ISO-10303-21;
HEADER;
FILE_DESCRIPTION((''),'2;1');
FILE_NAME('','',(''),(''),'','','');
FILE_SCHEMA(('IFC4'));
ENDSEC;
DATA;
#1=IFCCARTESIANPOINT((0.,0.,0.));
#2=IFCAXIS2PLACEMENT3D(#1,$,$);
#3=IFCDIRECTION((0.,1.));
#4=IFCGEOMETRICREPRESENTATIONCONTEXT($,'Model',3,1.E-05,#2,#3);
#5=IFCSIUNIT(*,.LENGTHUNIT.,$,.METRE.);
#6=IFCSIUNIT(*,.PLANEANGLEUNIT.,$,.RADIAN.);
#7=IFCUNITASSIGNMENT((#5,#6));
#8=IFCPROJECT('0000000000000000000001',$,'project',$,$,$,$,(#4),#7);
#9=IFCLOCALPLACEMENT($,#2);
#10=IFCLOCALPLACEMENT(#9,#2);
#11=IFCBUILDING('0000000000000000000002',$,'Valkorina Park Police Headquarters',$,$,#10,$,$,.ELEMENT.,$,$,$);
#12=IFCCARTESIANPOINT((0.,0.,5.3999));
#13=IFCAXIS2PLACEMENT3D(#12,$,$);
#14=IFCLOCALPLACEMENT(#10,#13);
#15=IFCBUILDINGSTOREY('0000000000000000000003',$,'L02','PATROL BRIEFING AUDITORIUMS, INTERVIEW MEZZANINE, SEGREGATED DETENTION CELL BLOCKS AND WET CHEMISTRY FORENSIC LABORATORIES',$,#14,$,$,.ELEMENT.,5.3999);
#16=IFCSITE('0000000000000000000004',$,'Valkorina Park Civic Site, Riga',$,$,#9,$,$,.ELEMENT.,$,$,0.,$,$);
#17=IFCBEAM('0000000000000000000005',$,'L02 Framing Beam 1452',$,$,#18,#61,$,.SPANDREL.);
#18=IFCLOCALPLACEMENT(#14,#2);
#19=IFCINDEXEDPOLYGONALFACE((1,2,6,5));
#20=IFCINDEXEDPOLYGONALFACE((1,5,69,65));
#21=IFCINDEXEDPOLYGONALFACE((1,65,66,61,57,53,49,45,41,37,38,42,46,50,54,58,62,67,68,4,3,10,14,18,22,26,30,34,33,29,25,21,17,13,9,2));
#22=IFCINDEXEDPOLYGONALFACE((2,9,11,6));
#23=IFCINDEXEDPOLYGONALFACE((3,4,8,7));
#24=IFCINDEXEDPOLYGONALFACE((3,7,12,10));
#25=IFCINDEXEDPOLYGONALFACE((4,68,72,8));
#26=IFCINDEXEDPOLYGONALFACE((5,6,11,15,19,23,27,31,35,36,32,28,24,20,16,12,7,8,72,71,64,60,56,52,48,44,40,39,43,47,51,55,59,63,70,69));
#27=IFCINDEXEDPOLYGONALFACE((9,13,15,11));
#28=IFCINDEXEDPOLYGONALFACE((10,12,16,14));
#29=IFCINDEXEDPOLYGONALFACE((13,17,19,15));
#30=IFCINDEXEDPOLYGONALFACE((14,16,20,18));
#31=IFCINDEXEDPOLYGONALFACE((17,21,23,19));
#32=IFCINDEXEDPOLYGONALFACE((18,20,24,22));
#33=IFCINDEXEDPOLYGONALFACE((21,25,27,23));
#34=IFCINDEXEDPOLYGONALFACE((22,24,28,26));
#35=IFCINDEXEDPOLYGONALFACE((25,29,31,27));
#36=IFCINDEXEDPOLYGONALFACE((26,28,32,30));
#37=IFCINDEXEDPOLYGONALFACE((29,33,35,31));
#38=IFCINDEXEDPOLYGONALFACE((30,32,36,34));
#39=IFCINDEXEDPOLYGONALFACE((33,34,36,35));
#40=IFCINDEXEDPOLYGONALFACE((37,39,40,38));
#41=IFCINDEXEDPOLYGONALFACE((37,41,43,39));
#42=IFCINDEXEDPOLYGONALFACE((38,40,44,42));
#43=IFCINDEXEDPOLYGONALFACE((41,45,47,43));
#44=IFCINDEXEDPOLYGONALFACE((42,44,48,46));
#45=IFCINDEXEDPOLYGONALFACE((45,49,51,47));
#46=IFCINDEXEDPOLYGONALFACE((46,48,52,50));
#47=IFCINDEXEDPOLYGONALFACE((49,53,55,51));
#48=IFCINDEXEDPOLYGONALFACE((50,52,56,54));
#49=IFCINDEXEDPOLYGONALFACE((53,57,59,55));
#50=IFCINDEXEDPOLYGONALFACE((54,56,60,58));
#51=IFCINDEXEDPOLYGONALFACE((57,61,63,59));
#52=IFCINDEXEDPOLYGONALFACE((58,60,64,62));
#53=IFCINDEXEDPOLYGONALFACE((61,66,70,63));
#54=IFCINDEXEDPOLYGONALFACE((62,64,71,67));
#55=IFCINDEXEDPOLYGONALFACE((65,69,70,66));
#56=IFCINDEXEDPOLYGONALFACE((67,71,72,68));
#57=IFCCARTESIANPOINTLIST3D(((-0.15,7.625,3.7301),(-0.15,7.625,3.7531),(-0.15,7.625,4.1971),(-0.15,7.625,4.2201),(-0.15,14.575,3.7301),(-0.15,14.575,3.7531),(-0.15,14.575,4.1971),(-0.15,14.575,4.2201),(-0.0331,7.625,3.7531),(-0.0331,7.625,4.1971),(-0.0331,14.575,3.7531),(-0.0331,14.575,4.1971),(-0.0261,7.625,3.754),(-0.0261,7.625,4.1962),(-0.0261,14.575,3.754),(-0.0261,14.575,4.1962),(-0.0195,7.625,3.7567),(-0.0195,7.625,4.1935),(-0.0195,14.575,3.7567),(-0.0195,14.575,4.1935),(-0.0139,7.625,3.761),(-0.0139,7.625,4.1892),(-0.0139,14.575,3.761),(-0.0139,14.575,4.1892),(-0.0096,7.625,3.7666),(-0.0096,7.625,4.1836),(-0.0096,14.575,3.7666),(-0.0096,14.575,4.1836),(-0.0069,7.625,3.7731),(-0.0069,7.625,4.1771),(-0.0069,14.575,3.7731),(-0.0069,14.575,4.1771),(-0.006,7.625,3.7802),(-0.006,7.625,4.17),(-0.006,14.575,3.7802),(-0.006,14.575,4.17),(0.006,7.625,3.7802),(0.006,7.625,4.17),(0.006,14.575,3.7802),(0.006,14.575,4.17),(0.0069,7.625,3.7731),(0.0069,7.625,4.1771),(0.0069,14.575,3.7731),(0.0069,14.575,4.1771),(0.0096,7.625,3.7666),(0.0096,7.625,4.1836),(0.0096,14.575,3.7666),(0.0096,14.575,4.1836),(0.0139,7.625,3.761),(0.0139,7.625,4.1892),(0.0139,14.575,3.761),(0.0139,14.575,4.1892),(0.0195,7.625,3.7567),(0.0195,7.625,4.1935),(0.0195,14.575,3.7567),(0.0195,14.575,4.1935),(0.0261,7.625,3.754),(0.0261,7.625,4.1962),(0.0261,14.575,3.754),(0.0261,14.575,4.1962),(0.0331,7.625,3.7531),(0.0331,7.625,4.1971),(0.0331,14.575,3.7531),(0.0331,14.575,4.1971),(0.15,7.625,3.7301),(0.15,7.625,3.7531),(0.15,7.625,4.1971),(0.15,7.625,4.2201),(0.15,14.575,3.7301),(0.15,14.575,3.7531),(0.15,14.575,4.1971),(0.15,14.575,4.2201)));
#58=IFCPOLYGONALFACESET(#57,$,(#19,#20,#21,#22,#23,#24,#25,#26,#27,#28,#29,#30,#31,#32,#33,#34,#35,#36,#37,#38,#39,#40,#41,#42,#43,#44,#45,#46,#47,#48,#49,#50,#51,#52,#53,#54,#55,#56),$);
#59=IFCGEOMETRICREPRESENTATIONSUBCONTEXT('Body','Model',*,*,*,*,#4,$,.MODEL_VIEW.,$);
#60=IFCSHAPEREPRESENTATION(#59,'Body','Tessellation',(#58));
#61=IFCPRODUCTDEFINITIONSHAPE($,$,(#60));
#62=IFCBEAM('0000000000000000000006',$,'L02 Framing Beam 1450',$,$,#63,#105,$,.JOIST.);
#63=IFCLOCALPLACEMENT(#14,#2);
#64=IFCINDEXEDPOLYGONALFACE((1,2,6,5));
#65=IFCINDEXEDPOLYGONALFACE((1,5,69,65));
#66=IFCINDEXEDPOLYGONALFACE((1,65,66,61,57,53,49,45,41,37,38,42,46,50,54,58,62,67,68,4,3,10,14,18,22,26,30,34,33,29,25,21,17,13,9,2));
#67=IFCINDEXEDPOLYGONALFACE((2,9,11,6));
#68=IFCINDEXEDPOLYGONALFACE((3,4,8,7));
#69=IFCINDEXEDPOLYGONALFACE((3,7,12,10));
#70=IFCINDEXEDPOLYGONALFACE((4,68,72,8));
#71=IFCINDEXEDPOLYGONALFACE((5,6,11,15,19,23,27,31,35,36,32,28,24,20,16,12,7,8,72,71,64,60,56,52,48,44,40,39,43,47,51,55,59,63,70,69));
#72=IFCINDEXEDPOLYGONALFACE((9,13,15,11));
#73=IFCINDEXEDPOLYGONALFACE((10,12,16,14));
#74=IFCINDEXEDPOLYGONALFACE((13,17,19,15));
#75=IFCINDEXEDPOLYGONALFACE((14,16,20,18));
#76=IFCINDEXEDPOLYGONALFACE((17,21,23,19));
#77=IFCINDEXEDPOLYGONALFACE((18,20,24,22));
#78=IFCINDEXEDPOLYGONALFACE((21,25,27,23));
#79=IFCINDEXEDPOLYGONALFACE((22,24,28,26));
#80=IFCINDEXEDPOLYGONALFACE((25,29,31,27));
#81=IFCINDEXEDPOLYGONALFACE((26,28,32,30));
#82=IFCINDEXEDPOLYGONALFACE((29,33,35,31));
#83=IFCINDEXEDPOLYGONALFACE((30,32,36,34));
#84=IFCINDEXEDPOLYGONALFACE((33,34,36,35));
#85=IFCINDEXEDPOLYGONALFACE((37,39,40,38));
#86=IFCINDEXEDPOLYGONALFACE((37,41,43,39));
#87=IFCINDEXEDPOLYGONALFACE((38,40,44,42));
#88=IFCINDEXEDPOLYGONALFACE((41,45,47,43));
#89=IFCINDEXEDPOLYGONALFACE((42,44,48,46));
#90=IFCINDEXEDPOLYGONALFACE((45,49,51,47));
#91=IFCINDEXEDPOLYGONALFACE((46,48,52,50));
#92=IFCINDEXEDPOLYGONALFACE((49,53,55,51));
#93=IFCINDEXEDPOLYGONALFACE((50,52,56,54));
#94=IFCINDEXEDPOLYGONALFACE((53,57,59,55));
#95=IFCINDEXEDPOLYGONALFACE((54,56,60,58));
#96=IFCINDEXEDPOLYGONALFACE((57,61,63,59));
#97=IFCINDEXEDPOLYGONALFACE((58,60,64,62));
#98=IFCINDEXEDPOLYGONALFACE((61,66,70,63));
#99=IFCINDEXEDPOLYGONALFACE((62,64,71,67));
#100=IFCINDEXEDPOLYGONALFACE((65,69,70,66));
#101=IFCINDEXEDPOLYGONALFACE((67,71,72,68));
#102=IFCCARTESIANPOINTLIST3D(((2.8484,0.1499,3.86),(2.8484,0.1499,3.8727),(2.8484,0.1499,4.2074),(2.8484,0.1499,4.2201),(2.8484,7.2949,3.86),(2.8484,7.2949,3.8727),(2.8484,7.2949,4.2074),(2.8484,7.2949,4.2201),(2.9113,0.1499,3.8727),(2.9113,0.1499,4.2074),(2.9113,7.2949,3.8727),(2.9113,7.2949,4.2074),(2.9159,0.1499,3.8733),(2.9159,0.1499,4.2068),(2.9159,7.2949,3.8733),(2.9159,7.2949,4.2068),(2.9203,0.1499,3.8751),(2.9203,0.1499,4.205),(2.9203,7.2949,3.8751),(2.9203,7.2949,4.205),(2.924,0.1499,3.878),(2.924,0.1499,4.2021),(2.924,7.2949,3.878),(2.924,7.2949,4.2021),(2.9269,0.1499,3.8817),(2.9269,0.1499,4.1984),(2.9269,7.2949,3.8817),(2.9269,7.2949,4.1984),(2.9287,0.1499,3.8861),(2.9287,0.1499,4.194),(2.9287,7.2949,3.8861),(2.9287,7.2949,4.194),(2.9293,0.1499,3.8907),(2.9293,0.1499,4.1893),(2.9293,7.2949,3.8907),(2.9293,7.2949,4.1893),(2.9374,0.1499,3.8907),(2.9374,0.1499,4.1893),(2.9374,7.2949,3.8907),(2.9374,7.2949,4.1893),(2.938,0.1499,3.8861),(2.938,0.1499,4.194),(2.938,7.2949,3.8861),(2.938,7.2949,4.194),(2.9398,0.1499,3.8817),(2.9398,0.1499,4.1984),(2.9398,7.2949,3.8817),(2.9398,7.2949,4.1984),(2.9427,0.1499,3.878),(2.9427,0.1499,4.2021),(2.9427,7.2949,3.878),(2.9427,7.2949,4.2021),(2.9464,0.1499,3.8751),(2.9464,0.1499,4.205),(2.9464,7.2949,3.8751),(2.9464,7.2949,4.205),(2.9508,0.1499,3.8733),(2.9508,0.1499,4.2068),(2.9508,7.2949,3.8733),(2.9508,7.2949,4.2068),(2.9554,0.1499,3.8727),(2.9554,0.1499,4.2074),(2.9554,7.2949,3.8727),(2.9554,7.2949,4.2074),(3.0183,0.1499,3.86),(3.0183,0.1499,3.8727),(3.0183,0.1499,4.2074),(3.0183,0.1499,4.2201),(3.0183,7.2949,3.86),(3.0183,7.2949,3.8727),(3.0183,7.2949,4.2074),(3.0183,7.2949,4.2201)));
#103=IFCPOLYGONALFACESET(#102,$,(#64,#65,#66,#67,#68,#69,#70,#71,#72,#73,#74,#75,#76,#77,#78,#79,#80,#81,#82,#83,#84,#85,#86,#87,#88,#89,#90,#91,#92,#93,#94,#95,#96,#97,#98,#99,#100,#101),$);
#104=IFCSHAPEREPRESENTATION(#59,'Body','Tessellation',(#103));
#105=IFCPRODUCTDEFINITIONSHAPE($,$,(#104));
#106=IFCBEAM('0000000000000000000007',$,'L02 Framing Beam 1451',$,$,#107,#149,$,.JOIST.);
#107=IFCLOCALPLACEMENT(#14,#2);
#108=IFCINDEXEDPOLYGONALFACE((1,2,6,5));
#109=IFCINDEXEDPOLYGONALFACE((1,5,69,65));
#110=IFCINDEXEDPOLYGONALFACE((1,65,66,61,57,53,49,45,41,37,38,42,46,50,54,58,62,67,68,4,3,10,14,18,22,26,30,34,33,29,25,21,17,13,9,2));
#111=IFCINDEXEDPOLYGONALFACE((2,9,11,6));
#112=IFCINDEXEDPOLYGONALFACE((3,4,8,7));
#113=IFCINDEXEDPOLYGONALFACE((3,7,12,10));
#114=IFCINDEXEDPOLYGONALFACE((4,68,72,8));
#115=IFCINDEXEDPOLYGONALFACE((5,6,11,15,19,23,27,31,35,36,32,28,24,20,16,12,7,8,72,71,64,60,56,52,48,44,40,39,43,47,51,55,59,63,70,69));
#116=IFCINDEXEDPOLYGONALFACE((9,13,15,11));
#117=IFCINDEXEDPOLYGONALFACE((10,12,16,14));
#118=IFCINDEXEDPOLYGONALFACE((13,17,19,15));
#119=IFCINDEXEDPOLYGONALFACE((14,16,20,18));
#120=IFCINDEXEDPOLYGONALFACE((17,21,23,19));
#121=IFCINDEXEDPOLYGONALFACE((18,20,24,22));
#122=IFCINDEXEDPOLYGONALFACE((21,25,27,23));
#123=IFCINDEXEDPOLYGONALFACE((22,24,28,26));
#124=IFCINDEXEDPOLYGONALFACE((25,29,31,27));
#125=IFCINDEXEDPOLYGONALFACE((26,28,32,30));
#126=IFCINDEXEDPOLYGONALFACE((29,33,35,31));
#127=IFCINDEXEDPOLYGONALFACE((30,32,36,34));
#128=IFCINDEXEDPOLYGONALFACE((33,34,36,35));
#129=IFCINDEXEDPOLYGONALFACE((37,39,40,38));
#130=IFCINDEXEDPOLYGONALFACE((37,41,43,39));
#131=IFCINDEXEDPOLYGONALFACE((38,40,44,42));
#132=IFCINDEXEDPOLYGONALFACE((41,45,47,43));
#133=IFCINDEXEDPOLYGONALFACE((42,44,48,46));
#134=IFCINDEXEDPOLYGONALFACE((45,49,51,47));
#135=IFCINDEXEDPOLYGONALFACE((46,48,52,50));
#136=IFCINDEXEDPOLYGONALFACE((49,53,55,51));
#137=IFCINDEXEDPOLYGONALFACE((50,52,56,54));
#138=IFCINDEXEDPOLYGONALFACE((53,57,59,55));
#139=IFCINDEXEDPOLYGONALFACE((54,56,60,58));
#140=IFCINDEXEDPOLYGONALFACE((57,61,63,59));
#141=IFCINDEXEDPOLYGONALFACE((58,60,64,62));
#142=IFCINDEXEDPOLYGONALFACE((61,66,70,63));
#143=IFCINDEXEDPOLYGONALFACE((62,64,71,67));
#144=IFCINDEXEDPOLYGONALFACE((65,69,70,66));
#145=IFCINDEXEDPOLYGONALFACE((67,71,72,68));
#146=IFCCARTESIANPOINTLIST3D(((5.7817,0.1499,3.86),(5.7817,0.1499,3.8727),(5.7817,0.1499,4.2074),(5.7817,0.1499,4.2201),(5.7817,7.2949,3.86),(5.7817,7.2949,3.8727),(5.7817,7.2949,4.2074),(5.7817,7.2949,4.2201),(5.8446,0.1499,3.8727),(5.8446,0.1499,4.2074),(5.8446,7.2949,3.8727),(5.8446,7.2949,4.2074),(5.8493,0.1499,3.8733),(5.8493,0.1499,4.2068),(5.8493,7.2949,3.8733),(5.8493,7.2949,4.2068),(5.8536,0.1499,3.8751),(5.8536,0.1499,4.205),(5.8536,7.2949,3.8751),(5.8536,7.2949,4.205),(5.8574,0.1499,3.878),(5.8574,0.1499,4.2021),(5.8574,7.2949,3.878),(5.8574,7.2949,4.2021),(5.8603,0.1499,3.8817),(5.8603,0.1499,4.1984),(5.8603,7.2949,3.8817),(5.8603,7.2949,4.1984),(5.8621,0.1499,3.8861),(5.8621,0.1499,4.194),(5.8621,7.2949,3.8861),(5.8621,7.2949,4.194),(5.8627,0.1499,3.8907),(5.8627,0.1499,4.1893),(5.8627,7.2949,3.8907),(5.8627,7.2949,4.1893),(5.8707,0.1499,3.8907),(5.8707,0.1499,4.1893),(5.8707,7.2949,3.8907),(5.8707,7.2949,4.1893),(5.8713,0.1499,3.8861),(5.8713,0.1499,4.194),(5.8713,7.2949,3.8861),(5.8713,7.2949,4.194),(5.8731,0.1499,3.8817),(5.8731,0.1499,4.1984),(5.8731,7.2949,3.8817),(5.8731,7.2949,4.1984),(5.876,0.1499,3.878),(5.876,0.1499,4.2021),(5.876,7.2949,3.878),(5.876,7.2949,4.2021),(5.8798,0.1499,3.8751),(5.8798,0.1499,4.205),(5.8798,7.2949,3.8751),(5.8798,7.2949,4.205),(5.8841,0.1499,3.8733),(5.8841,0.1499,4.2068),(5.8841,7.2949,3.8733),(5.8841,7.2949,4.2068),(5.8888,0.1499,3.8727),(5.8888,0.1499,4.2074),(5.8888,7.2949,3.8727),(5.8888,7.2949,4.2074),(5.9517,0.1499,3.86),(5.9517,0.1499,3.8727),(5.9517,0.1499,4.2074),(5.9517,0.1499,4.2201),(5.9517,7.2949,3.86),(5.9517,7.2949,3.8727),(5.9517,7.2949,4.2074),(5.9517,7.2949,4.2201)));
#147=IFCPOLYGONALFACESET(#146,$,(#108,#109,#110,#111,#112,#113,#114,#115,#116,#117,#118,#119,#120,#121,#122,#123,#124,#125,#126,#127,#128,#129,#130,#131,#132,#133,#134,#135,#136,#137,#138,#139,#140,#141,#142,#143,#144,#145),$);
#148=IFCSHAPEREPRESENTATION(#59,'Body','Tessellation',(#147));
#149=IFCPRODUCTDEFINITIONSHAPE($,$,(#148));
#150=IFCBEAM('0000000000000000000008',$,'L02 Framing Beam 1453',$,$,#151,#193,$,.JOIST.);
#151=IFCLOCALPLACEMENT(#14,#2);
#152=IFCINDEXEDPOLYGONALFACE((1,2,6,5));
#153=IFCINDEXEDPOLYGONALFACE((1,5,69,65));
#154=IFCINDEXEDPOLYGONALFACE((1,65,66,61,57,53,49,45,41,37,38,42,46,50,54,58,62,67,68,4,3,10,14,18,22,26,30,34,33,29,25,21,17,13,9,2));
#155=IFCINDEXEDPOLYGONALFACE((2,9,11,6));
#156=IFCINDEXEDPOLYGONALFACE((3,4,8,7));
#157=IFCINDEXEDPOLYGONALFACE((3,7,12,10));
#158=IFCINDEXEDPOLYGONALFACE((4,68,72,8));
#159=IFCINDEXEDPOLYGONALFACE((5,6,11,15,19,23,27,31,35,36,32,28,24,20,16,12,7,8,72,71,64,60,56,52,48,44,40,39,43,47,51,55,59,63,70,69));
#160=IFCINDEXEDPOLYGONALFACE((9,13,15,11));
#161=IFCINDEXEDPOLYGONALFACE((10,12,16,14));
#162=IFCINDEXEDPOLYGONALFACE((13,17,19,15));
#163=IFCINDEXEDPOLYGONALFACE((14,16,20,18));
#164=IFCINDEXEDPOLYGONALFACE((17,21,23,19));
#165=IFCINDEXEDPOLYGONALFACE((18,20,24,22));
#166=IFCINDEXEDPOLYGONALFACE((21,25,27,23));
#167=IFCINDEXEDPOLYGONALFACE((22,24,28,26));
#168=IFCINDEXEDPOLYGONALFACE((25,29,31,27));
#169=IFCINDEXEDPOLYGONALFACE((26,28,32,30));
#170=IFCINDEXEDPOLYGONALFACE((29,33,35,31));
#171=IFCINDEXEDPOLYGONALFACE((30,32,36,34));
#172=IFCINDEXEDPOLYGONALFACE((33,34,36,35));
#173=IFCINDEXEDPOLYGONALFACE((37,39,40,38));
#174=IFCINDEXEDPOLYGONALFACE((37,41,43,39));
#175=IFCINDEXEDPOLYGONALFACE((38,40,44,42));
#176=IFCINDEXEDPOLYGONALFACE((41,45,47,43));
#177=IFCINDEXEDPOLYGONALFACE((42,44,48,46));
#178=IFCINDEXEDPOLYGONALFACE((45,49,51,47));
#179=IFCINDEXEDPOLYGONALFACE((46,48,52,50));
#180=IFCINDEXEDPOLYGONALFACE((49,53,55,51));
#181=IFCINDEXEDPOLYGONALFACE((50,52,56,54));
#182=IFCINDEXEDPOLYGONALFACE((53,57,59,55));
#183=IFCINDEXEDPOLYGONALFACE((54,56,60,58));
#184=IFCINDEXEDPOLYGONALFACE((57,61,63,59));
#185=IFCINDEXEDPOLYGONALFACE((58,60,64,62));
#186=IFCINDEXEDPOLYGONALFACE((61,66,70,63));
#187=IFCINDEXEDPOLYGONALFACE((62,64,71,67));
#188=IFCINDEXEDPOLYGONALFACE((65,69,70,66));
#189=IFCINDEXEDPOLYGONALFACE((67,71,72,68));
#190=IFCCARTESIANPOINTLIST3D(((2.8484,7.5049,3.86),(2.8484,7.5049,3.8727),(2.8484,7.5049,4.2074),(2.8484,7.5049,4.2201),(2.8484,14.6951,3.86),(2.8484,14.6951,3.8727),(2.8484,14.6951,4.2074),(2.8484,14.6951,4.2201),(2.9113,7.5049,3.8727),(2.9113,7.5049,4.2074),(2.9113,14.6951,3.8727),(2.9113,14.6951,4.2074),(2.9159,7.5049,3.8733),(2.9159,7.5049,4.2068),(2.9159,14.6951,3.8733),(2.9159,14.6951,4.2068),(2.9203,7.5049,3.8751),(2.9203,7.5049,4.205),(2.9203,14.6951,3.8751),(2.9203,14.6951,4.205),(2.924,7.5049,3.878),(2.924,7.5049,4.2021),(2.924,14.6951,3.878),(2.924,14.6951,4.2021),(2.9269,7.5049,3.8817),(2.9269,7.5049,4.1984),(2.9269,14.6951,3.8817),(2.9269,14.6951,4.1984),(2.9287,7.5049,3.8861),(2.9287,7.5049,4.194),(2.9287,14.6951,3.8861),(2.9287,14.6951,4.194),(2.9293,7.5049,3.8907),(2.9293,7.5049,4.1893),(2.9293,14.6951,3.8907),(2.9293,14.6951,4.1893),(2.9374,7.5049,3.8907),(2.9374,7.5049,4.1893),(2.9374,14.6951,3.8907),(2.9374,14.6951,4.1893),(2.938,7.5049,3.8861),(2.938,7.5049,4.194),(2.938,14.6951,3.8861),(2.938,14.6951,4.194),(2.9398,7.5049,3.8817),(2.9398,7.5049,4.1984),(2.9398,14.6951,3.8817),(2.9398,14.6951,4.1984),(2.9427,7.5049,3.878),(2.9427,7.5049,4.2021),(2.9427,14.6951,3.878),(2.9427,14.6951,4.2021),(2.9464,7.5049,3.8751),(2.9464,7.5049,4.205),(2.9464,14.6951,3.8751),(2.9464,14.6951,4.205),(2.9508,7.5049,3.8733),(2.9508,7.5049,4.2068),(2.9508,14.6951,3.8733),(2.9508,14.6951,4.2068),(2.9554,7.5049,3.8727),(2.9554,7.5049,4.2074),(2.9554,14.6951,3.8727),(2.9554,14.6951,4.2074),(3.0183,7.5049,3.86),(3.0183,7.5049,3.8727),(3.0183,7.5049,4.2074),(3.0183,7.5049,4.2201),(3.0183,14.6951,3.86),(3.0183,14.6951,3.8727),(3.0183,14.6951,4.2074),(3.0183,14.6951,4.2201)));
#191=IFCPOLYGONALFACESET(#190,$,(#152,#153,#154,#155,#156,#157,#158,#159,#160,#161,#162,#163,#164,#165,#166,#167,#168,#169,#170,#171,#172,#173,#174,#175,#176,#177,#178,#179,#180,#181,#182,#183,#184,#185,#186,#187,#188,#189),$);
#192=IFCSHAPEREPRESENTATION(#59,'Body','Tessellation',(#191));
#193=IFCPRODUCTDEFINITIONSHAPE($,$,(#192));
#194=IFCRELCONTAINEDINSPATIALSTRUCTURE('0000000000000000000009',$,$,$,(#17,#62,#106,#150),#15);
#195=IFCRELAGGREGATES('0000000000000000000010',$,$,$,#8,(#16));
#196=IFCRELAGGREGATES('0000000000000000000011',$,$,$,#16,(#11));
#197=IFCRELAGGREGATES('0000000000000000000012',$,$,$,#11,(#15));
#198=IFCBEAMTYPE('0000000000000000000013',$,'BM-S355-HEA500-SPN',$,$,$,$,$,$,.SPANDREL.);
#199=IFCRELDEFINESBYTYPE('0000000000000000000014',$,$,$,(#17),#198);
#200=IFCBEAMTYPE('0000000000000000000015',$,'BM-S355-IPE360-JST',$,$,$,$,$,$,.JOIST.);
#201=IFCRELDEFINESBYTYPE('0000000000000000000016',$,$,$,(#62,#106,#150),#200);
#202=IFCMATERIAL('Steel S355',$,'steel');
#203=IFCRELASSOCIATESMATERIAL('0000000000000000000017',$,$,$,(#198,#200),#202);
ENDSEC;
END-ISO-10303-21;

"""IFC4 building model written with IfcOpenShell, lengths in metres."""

from ifc_helpers import new_model, si_unit, direction, frame, origin, origin_2d, place, context, subcontext, project, spatial, i_section, extrude, material, material_profile, profile_set, type_object, element, save


model = new_model("IFC4")

# Units and contexts
model_context = context("Model", 3, precision=1e-05, world=origin(), true_north=direction((0.0, 1.0)))
body_context = subcontext(model_context, "Body", "Model", "MODEL_VIEW")
ifc_project = project(units=[si_unit("LENGTHUNIT", "METRE"), si_unit("PLANEANGLEUNIT", "RADIAN")], contexts=[model_context])

# Site, building, storey
site_placement = place(None, origin())
site = spatial("IfcSite", under=ifc_project, at=site_placement, Name="Valkorina Park Civic Site, Riga", CompositionType="ELEMENT", RefElevation=0.0)
building_placement = place(site_placement, origin())
building = spatial("IfcBuilding", under=site, at=building_placement, Name="Valkorina Park Police Headquarters", CompositionType="ELEMENT")
storey_placement = place(building_placement, frame((0.0, 0.0, 5.3999)))
storey = spatial("IfcBuildingStorey", under=building, at=storey_placement, Name="L02", Description="PATROL BRIEFING AUDITORIUMS, INTERVIEW MEZZANINE, SEGREGATED DETENTION CELL BLOCKS AND WET CHEMISTRY FORENSIC LABORATORIES", CompositionType="ELEMENT", Elevation=5.3999)

# Shared definitions
ifc_material_1 = material(Name="Steel S355", Category="steel")

# Beams
ifc_material_profile_1 = material_profile(ifc_material_1, i_section(OverallWidth=0.3, OverallDepth=0.49, WebThickness=0.012, FlangeThickness=0.0229, FilletRadius=0.0271, at=origin_2d()), Name="HEA 500")
ifc_profile_set_1 = profile_set([ifc_material_profile_1], Name="Steel S355")
beam_type_1 = type_object("IfcBeamType", Name="BM-S355-HEA500-SPN", PredefinedType="SPANDREL", material=ifc_profile_set_1)
for number, where, z_axis, x_axis, name in (
    (1, (0.0, 7.625, 3.9751), (0.0, 1.0, 0.0), (-1.0, 0.0, 0.0), "L02 Framing Beam 1452"),
):
    element("IfcBeam", number, at=place(storey_placement, frame(where, z_axis=z_axis, x_axis=x_axis)), inside=storey, type_object=beam_type_1, Name=name, PredefinedType="SPANDREL", context=body_context, shape_type="SweptSolid", body=[
        extrude(i_section(OverallWidth=0.3, OverallDepth=0.49, WebThickness=0.012, FlangeThickness=0.0229, FilletRadius=0.0271, at=origin_2d()), origin(), (0.0, 0.0, 1.0), 6.95),
    ])
ifc_material_profile_2 = material_profile(ifc_material_1, i_section(OverallWidth=0.1699, OverallDepth=0.3601, WebThickness=0.0081, FlangeThickness=0.0127, FilletRadius=0.0181, at=origin_2d()), Name="IPE 360")
ifc_profile_set_2 = profile_set([ifc_material_profile_2], Name="Steel S355")
beam_type_2 = type_object("IfcBeamType", Name="BM-S355-IPE360-JST", PredefinedType="JOIST", material=ifc_profile_set_2)
for number, where, z_axis, x_axis, name in (
    (2, (2.9333, 0.1499, 4.04), (0.0, 1.0, 0.0), (-1.0, 0.0, 0.0), "L02 Framing Beam 1450"),
    (3, (5.8667, 0.1499, 4.04), (0.0, 1.0, 0.0), (-1.0, 0.0, 0.0), "L02 Framing Beam 1451"),
):
    element("IfcBeam", number, at=place(storey_placement, frame(where, z_axis=z_axis, x_axis=x_axis)), inside=storey, type_object=beam_type_2, Name=name, PredefinedType="JOIST", context=body_context, shape_type="SweptSolid", body=[
        extrude(i_section(OverallWidth=0.1699, OverallDepth=0.3601, WebThickness=0.0081, FlangeThickness=0.0127, FilletRadius=0.0181, at=origin_2d()), origin(), (0.0, 0.0, 1.0), 7.145),
    ])
for number, where, z_axis, x_axis, name in (
    (4, (2.9333, 7.5049, 4.04), (0.0, 1.0, 0.0), (-1.0, 0.0, 0.0), "L02 Framing Beam 1453"),
):
    element("IfcBeam", number, at=place(storey_placement, frame(where, z_axis=z_axis, x_axis=x_axis)), inside=storey, type_object=beam_type_2, Name=name, PredefinedType="JOIST", context=body_context, shape_type="SweptSolid", body=[
        extrude(i_section(OverallWidth=0.1699, OverallDepth=0.3601, WebThickness=0.0081, FlangeThickness=0.0127, FilletRadius=0.0181, at=origin_2d()), origin(), (0.0, 0.0, 1.0), 7.1902),
    ])

save(model, "model.ifc")
